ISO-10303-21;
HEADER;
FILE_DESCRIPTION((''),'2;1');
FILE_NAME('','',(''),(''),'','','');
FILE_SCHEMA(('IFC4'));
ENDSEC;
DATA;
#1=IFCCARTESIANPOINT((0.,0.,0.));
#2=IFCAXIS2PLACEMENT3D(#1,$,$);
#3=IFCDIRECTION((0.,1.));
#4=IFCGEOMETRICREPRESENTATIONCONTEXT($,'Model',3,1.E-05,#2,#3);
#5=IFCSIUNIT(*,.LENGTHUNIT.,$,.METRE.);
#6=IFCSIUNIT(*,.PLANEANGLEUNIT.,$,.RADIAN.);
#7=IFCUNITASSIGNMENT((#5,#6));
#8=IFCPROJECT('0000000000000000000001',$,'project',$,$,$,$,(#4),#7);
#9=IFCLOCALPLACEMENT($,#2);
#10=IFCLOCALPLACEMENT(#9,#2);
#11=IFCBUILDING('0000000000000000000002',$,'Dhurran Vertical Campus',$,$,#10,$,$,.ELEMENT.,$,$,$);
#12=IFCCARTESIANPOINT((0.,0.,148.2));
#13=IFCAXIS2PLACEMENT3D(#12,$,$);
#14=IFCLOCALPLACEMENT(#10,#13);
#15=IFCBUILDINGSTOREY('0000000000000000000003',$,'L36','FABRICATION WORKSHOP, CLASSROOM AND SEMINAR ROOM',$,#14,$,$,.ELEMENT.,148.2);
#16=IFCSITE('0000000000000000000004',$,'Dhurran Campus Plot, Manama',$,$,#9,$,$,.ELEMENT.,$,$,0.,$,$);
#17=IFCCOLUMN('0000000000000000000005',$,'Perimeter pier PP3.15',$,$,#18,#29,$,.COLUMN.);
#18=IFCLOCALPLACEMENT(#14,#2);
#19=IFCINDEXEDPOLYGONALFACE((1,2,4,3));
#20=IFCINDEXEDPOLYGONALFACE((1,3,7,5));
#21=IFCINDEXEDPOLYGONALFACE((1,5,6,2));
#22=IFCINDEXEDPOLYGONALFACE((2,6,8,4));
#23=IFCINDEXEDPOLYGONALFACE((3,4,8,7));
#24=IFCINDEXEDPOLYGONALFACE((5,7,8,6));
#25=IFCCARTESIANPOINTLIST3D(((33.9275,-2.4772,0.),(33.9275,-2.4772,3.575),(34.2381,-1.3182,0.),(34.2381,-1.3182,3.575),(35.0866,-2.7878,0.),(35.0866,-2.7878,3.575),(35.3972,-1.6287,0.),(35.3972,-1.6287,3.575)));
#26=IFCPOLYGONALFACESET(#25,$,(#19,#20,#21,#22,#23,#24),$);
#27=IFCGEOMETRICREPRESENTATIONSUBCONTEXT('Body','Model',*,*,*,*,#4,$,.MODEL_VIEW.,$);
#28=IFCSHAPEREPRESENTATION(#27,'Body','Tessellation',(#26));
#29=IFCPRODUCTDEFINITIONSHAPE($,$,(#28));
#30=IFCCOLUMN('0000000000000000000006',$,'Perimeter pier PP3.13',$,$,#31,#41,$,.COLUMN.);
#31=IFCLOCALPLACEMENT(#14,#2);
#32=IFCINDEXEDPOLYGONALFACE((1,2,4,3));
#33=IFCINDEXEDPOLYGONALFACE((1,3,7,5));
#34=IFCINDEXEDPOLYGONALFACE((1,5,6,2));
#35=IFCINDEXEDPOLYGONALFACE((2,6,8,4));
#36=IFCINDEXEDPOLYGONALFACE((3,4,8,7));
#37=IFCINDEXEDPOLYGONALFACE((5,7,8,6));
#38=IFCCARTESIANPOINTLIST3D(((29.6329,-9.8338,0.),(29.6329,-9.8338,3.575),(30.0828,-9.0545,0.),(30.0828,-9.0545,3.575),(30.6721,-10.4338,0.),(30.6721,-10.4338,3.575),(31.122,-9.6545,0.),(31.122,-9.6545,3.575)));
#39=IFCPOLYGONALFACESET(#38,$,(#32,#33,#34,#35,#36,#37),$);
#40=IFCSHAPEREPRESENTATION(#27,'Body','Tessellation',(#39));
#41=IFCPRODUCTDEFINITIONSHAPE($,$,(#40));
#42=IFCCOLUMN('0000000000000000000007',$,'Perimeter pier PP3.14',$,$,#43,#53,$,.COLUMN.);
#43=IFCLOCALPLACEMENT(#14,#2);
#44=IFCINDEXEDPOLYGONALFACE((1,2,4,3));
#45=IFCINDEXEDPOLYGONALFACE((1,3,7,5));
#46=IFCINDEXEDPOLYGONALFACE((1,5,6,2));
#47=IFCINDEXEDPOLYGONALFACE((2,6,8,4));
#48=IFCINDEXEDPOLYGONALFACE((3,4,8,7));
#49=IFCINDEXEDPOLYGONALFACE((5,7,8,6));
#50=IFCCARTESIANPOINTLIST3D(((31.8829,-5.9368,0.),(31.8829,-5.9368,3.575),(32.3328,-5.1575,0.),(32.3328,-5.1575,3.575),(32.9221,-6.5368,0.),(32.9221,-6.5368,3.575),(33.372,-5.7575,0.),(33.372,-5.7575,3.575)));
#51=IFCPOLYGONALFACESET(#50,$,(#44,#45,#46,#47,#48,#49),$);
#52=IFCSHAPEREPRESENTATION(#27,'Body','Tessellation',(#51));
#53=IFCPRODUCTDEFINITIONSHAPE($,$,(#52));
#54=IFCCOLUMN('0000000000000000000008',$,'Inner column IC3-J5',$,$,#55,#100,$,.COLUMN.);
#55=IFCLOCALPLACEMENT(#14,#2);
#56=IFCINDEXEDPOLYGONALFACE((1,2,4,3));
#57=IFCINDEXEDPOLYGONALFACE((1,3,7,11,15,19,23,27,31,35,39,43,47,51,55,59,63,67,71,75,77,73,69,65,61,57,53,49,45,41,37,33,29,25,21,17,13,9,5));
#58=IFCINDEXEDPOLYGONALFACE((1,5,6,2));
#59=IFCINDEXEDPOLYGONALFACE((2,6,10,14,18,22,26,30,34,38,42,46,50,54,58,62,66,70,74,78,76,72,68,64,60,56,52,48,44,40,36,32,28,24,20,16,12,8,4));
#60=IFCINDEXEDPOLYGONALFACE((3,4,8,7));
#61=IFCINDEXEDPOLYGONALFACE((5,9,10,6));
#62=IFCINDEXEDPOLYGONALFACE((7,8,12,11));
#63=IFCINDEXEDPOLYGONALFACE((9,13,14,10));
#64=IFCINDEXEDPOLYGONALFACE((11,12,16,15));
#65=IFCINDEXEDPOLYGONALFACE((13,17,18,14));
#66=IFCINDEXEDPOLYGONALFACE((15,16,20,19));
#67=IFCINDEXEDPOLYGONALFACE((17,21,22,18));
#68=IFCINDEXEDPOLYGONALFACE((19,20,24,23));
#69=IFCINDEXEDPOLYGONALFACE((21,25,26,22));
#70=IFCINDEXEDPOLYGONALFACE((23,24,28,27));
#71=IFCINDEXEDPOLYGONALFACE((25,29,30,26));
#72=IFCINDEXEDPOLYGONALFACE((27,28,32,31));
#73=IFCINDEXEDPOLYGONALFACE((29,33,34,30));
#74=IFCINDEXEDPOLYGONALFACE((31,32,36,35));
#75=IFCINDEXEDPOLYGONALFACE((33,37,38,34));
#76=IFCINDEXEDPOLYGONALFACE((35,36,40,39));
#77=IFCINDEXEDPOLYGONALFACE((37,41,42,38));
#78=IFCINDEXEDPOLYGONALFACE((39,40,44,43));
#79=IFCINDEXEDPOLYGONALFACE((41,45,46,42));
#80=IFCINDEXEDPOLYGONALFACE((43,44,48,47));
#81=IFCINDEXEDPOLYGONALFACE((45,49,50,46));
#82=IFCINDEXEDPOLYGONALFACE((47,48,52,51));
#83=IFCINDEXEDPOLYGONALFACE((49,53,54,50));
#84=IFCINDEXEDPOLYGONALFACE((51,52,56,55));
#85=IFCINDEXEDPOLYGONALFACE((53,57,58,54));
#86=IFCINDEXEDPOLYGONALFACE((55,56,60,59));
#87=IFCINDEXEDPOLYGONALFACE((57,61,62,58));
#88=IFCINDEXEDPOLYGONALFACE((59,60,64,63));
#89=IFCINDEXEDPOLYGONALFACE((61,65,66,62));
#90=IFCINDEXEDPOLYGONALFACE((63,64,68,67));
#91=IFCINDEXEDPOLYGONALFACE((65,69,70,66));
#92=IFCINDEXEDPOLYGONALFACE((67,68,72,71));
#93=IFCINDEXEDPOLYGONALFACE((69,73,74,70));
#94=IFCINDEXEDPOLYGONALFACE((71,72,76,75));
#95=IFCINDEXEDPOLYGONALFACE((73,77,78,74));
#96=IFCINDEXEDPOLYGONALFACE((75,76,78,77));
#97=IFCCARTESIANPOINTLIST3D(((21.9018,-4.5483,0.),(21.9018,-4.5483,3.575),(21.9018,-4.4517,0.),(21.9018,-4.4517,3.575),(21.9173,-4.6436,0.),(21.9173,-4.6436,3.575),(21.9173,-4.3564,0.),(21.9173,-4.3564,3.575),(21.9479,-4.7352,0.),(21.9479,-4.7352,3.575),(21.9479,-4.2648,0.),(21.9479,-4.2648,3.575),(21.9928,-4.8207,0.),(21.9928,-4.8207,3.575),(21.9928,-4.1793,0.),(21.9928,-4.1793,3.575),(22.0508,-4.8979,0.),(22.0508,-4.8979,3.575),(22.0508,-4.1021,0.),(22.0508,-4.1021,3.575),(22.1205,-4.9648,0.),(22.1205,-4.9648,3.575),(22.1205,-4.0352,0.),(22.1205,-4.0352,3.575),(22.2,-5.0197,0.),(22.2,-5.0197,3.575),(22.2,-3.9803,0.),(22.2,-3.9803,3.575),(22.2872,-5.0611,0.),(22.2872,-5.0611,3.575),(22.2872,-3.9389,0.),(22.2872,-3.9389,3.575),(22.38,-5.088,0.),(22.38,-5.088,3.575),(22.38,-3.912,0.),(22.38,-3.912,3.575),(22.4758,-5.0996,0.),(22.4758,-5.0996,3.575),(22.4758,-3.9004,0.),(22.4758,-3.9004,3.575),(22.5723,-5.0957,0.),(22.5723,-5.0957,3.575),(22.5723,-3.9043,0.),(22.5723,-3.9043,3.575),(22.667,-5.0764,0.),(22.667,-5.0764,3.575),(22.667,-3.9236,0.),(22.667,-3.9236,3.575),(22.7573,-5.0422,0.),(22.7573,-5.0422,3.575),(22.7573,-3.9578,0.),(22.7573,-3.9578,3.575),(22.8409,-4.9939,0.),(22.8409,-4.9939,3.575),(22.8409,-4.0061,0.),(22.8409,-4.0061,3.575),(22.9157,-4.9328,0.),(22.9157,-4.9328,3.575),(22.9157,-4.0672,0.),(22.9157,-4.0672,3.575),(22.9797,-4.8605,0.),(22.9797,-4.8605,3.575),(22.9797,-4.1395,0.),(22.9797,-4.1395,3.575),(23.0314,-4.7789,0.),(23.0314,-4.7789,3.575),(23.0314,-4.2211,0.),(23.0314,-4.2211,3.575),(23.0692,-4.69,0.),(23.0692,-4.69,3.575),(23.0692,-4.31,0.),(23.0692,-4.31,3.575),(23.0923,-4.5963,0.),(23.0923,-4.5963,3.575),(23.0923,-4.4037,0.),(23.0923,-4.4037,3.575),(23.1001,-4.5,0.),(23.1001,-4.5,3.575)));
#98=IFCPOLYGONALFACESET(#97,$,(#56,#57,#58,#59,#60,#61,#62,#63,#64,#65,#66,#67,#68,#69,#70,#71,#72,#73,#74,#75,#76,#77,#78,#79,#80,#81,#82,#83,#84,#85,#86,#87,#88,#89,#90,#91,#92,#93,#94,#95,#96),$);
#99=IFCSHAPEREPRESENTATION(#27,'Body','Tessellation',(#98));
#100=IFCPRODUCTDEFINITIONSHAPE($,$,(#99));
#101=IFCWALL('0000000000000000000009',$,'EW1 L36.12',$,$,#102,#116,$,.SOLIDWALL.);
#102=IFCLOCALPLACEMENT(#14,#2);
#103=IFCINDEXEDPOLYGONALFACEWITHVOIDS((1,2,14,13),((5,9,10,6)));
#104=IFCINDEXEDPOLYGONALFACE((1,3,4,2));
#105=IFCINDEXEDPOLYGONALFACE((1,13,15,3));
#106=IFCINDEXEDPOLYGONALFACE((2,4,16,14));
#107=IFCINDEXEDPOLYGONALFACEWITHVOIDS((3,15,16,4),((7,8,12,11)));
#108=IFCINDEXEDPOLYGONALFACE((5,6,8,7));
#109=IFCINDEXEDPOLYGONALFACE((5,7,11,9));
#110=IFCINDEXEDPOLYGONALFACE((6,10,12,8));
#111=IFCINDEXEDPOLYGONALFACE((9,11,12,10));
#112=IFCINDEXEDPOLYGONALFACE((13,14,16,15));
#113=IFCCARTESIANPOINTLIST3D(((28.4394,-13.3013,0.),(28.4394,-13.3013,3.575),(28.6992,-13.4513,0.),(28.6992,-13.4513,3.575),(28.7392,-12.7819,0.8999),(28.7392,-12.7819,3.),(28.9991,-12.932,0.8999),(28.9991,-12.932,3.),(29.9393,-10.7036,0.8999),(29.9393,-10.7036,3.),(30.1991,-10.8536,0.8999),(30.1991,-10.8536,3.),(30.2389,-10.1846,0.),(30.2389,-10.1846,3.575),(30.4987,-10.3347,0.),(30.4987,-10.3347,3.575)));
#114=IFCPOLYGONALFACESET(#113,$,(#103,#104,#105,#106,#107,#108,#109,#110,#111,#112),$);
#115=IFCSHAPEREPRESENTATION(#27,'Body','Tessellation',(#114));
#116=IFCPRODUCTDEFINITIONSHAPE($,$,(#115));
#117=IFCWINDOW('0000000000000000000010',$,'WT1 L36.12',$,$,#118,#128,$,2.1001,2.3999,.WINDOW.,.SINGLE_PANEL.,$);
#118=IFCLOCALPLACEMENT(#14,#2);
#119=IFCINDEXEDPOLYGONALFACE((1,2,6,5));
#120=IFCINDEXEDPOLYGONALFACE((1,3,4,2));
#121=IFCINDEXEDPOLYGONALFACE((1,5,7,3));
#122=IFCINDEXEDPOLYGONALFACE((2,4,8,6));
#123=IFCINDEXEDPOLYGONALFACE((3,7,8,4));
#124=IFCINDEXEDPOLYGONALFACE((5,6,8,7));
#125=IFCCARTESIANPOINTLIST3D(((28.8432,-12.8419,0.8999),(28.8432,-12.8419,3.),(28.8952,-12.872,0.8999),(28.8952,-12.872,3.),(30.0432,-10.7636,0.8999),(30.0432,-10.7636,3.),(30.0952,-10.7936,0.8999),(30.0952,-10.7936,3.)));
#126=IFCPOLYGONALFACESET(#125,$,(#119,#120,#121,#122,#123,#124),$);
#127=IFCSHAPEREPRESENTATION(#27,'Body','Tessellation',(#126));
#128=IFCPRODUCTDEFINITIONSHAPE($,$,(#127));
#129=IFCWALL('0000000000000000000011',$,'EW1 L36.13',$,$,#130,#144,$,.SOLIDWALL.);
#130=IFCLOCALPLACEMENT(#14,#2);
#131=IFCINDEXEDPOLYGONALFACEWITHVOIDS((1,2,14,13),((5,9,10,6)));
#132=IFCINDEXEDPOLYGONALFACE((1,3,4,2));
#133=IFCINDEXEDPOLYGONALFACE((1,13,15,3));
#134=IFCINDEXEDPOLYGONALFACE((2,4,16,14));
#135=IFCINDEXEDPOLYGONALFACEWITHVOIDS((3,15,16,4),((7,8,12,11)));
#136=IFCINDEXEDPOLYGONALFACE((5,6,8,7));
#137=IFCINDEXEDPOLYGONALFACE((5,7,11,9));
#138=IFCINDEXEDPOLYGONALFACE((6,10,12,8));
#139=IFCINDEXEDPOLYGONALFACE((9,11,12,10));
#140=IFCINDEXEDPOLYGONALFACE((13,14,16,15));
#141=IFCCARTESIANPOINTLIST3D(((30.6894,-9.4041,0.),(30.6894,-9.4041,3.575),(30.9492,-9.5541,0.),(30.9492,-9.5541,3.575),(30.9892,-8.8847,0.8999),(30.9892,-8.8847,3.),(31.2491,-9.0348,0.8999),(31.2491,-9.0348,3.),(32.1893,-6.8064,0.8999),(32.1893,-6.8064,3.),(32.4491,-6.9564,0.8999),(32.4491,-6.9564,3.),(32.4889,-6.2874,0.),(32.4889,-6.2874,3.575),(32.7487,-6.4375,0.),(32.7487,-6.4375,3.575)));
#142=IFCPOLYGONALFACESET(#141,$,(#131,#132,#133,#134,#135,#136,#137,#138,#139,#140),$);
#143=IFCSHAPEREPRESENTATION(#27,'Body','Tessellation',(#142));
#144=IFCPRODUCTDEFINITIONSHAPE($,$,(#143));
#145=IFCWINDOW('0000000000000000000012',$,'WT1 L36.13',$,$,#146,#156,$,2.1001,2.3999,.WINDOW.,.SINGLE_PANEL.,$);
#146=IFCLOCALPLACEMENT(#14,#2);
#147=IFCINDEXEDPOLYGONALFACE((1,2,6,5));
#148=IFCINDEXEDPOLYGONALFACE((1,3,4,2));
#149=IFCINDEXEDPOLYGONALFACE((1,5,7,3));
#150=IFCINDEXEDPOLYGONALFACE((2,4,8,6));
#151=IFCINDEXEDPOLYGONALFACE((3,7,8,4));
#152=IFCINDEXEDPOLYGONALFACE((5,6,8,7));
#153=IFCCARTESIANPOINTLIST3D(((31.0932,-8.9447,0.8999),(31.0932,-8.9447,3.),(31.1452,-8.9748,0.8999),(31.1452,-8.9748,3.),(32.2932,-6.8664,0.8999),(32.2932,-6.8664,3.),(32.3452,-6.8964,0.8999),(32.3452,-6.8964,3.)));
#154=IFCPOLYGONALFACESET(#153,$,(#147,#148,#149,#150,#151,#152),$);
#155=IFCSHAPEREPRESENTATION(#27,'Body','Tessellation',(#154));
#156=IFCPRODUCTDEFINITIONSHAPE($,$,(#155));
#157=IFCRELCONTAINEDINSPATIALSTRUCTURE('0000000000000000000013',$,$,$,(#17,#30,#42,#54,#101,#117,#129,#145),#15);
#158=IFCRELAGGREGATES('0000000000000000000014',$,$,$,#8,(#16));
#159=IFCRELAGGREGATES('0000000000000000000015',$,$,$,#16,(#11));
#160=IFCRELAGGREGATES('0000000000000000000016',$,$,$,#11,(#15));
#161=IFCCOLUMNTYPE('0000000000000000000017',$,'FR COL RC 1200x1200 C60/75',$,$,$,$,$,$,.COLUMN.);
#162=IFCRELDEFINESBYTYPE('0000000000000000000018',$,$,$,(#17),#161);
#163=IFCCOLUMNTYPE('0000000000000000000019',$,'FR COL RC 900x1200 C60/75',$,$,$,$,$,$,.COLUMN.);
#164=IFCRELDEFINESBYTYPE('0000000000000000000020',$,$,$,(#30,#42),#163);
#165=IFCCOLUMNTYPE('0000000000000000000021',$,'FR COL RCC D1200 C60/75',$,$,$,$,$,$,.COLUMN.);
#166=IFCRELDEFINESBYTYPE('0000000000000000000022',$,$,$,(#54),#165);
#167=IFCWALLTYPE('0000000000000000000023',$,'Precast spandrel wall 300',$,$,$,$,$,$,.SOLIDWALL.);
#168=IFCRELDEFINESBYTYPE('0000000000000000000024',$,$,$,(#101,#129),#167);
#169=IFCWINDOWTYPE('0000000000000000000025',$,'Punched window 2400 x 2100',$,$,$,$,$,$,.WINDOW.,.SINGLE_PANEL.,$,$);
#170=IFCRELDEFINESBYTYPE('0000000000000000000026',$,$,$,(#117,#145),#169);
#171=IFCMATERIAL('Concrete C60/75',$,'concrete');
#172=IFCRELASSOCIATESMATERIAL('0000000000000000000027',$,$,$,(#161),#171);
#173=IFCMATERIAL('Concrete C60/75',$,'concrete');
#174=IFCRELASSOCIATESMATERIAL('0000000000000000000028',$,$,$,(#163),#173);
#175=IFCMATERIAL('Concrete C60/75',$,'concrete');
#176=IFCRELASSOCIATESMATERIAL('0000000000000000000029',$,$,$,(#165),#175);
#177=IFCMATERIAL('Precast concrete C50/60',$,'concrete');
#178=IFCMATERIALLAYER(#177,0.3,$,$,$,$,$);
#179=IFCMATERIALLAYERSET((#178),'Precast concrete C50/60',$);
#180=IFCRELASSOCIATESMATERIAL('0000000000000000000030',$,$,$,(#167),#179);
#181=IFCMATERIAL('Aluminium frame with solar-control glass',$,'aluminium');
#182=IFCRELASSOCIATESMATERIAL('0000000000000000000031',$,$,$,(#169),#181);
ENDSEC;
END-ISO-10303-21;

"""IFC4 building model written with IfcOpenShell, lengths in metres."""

from ifc_helpers import new_model, si_unit, direction, frame, frame_2d, origin, origin_2d, place, context, subcontext, project, spatial, rectangle, circle, extrude, material, layer, layer_set, material_profile, profile_set, type_object, element, fill, save


model = new_model("IFC4")

# Units and contexts
model_context = context("Model", 3, precision=1e-05, world=origin(), true_north=direction((0.0, 1.0)))
body_context = subcontext(model_context, "Body", "Model", "MODEL_VIEW")
ifc_project = project(units=[si_unit("LENGTHUNIT", "METRE"), si_unit("PLANEANGLEUNIT", "RADIAN")], contexts=[model_context])

# Site, building, storey
site_placement = place(None, origin())
site = spatial("IfcSite", under=ifc_project, at=site_placement, Name="Dhurran Campus Plot, Manama", CompositionType="ELEMENT", RefElevation=0.0)
building_placement = place(site_placement, origin())
building = spatial("IfcBuilding", under=site, at=building_placement, Name="Dhurran Vertical Campus", CompositionType="ELEMENT")
storey_placement = place(building_placement, frame((0.0, 0.0, 148.2)))
storey = spatial("IfcBuildingStorey", under=building, at=storey_placement, Name="L36", Description="FABRICATION WORKSHOP, CLASSROOM AND SEMINAR ROOM", CompositionType="ELEMENT", Elevation=148.2)

# Columns
ifc_material_1 = material(Name="Concrete C60/75", Category="concrete")
ifc_material_profile_1 = material_profile(ifc_material_1, rectangle(XDim=1.2, YDim=1.2, at=origin_2d()), Name="RC 1200x1200")
ifc_profile_set_1 = profile_set([ifc_material_profile_1], Name="Concrete C60/75")
column_type_1 = type_object("IfcColumnType", Name="FR COL RC 1200x1200 C60/75", PredefinedType="COLUMN", material=ifc_profile_set_1)
column_1_placement = place(storey_placement, frame((34.6624, -2.053, 0.0), z_axis=(0.0, 0.0, 1.0), x_axis=(0.258819, 0.965926, 0.0)))
element("IfcColumn", 1, at=column_1_placement, inside=storey, type_object=column_type_1, Name="Perimeter pier PP3.15", PredefinedType="COLUMN", context=body_context, shape_type="SweptSolid", body=[
    extrude(rectangle(XDim=1.2, YDim=1.2, at=origin_2d()), origin(), (0.0, 0.0, 1.0), 3.575),
])
ifc_material_2 = material(Name="Concrete C60/75", Category="concrete")
ifc_material_profile_2 = material_profile(ifc_material_2, rectangle(XDim=0.8999, YDim=1.2, at=origin_2d()), Name="RC 900x1200")
ifc_profile_set_2 = profile_set([ifc_material_profile_2], Name="Concrete C60/75")
column_type_2 = type_object("IfcColumnType", Name="FR COL RC 900x1200 C60/75", PredefinedType="COLUMN", material=ifc_profile_set_2)
for number, where, z_axis, x_axis, name in (
    (2, (30.3774, -9.7441, 0.0), (0.0, 0.0, 1.0), (0.5, 0.866025, 0.0), "Perimeter pier PP3.13"),
    (3, (32.6274, -5.8472, 0.0), (0.0, 0.0, 1.0), (0.5, 0.866025, 0.0), "Perimeter pier PP3.14"),
):
    element("IfcColumn", number, at=place(storey_placement, frame(where, z_axis=z_axis, x_axis=x_axis)), inside=storey, type_object=column_type_2, Name=name, PredefinedType="COLUMN", context=body_context, shape_type="SweptSolid", body=[
        extrude(rectangle(XDim=0.8999, YDim=1.2, at=origin_2d()), origin(), (0.0, 0.0, 1.0), 3.575),
    ])
ifc_material_3 = material(Name="Concrete C60/75", Category="concrete")
ifc_material_profile_3 = material_profile(ifc_material_3, circle(Radius=0.6001, at=origin_2d()), Name="RCC D1200")
ifc_profile_set_3 = profile_set([ifc_material_profile_3], Name="Concrete C60/75")
column_type_3 = type_object("IfcColumnType", Name="FR COL RCC D1200 C60/75", PredefinedType="COLUMN", material=ifc_profile_set_3)
column_2_placement = place(storey_placement, frame((22.5, -4.5, 0.0), z_axis=(0.0, 0.0, 1.0), x_axis=(1.0, 0.0, 0.0)))
element("IfcColumn", 4, at=column_2_placement, inside=storey, type_object=column_type_3, Name="Inner column IC3-J5", PredefinedType="COLUMN", context=body_context, shape_type="SweptSolid", body=[
    extrude(circle(Radius=0.6001, at=origin_2d()), origin(), (0.0, 0.0, 1.0), 3.575),
])

# Walls, openings, windows
ifc_material_4 = material(Name="Precast concrete C50/60", Category="concrete")
ifc_layer_1 = layer(ifc_material_4, 0.3)
ifc_layer_set_1 = layer_set([ifc_layer_1], Name="Precast concrete C50/60")
wall_type_1 = type_object("IfcWallType", Name="Precast spandrel wall 300", PredefinedType="SOLIDWALL", material=ifc_layer_set_1)
wall_1_placement = place(storey_placement, frame((28.5693, -13.3762, 0.0), z_axis=(0.0, 0.0, 1.0), x_axis=(0.500028, 0.866009, 0.0)))
wall_1 = element("IfcWall", 5, at=wall_1_placement, inside=storey, type_object=wall_type_1, Name="EW1 L36.12", PredefinedType="SOLIDWALL", context=body_context, shape_type="SweptSolid", body=[
    extrude(rectangle(XDim=3.5989, YDim=0.3, at=frame_2d((1.7993, 0.0))), origin(), (0.0, 0.0, 1.0), 3.575),
])
opening_1_placement = place(wall_1_placement, frame((0.5996, 0.0, 0.8999)))
opening_1 = element("IfcOpeningElement", 6, at=opening_1_placement, cuts=wall_1, PredefinedType="OPENING", context=body_context, shape_type="SweptSolid", body=[
    extrude(rectangle(XDim=2.3999, YDim=2.1001, at=frame_2d((1.2, 1.05))), frame((0.0, 0.1599, 0.0), z_axis=(0.0, -1.0, 0.0), x_axis=(1.0, 0.0, 0.0)), (0.0, 0.0, 1.0), 0.3201),
])
ifc_material_5 = material(Name="Aluminium frame with solar-control glass", Category="aluminium")
window_type = type_object("IfcWindowType", Name="Punched window 2400 x 2100", PartitioningType="SINGLE_PANEL", PredefinedType="WINDOW", material=ifc_material_5)
window_1_placement = place(opening_1_placement, origin())
window_1 = element("IfcWindow", 7, at=window_1_placement, inside=storey, type_object=window_type, Name="WT1 L36.12", OverallHeight=2.1001, OverallWidth=2.3999, PartitioningType="SINGLE_PANEL", PredefinedType="WINDOW", context=body_context, shape_type="SweptSolid", body=[
    extrude(rectangle(XDim=2.3999, YDim=2.1001, at=frame_2d((1.2, 1.05))), frame((0.0, 0.03, 0.0), z_axis=(0.0, -1.0, 0.0), x_axis=(1.0, 0.0, 0.0)), (0.0, 0.0, 1.0), 0.0601),
])
fill(opening_1, window_1)
wall_2_placement = place(storey_placement, frame((30.8193, -9.479, 0.0), z_axis=(0.0, 0.0, 1.0), x_axis=(0.500028, 0.866009, 0.0)))
wall_2 = element("IfcWall", 8, at=wall_2_placement, inside=storey, type_object=wall_type_1, Name="EW1 L36.13", PredefinedType="SOLIDWALL", context=body_context, shape_type="SweptSolid", body=[
    extrude(rectangle(XDim=3.5989, YDim=0.3, at=frame_2d((1.7993, 0.0))), origin(), (0.0, 0.0, 1.0), 3.575),
])
opening_2_placement = place(wall_2_placement, frame((0.5996, 0.0, 0.8999)))
opening_2 = element("IfcOpeningElement", 9, at=opening_2_placement, cuts=wall_2, PredefinedType="OPENING", context=body_context, shape_type="SweptSolid", body=[
    extrude(rectangle(XDim=2.3999, YDim=2.1001, at=frame_2d((1.2, 1.05))), frame((0.0, 0.1599, 0.0), z_axis=(0.0, -1.0, 0.0), x_axis=(1.0, 0.0, 0.0)), (0.0, 0.0, 1.0), 0.3201),
])
window_2_placement = place(opening_2_placement, origin())
window_2 = element("IfcWindow", 10, at=window_2_placement, inside=storey, type_object=window_type, Name="WT1 L36.13", OverallHeight=2.1001, OverallWidth=2.3999, PartitioningType="SINGLE_PANEL", PredefinedType="WINDOW", context=body_context, shape_type="SweptSolid", body=[
    extrude(rectangle(XDim=2.3999, YDim=2.1001, at=frame_2d((1.2, 1.05))), frame((0.0, 0.03, 0.0), z_axis=(0.0, -1.0, 0.0), x_axis=(1.0, 0.0, 0.0)), (0.0, 0.0, 1.0), 0.0601),
])
fill(opening_2, window_2)

save(model, "model.ifc")
